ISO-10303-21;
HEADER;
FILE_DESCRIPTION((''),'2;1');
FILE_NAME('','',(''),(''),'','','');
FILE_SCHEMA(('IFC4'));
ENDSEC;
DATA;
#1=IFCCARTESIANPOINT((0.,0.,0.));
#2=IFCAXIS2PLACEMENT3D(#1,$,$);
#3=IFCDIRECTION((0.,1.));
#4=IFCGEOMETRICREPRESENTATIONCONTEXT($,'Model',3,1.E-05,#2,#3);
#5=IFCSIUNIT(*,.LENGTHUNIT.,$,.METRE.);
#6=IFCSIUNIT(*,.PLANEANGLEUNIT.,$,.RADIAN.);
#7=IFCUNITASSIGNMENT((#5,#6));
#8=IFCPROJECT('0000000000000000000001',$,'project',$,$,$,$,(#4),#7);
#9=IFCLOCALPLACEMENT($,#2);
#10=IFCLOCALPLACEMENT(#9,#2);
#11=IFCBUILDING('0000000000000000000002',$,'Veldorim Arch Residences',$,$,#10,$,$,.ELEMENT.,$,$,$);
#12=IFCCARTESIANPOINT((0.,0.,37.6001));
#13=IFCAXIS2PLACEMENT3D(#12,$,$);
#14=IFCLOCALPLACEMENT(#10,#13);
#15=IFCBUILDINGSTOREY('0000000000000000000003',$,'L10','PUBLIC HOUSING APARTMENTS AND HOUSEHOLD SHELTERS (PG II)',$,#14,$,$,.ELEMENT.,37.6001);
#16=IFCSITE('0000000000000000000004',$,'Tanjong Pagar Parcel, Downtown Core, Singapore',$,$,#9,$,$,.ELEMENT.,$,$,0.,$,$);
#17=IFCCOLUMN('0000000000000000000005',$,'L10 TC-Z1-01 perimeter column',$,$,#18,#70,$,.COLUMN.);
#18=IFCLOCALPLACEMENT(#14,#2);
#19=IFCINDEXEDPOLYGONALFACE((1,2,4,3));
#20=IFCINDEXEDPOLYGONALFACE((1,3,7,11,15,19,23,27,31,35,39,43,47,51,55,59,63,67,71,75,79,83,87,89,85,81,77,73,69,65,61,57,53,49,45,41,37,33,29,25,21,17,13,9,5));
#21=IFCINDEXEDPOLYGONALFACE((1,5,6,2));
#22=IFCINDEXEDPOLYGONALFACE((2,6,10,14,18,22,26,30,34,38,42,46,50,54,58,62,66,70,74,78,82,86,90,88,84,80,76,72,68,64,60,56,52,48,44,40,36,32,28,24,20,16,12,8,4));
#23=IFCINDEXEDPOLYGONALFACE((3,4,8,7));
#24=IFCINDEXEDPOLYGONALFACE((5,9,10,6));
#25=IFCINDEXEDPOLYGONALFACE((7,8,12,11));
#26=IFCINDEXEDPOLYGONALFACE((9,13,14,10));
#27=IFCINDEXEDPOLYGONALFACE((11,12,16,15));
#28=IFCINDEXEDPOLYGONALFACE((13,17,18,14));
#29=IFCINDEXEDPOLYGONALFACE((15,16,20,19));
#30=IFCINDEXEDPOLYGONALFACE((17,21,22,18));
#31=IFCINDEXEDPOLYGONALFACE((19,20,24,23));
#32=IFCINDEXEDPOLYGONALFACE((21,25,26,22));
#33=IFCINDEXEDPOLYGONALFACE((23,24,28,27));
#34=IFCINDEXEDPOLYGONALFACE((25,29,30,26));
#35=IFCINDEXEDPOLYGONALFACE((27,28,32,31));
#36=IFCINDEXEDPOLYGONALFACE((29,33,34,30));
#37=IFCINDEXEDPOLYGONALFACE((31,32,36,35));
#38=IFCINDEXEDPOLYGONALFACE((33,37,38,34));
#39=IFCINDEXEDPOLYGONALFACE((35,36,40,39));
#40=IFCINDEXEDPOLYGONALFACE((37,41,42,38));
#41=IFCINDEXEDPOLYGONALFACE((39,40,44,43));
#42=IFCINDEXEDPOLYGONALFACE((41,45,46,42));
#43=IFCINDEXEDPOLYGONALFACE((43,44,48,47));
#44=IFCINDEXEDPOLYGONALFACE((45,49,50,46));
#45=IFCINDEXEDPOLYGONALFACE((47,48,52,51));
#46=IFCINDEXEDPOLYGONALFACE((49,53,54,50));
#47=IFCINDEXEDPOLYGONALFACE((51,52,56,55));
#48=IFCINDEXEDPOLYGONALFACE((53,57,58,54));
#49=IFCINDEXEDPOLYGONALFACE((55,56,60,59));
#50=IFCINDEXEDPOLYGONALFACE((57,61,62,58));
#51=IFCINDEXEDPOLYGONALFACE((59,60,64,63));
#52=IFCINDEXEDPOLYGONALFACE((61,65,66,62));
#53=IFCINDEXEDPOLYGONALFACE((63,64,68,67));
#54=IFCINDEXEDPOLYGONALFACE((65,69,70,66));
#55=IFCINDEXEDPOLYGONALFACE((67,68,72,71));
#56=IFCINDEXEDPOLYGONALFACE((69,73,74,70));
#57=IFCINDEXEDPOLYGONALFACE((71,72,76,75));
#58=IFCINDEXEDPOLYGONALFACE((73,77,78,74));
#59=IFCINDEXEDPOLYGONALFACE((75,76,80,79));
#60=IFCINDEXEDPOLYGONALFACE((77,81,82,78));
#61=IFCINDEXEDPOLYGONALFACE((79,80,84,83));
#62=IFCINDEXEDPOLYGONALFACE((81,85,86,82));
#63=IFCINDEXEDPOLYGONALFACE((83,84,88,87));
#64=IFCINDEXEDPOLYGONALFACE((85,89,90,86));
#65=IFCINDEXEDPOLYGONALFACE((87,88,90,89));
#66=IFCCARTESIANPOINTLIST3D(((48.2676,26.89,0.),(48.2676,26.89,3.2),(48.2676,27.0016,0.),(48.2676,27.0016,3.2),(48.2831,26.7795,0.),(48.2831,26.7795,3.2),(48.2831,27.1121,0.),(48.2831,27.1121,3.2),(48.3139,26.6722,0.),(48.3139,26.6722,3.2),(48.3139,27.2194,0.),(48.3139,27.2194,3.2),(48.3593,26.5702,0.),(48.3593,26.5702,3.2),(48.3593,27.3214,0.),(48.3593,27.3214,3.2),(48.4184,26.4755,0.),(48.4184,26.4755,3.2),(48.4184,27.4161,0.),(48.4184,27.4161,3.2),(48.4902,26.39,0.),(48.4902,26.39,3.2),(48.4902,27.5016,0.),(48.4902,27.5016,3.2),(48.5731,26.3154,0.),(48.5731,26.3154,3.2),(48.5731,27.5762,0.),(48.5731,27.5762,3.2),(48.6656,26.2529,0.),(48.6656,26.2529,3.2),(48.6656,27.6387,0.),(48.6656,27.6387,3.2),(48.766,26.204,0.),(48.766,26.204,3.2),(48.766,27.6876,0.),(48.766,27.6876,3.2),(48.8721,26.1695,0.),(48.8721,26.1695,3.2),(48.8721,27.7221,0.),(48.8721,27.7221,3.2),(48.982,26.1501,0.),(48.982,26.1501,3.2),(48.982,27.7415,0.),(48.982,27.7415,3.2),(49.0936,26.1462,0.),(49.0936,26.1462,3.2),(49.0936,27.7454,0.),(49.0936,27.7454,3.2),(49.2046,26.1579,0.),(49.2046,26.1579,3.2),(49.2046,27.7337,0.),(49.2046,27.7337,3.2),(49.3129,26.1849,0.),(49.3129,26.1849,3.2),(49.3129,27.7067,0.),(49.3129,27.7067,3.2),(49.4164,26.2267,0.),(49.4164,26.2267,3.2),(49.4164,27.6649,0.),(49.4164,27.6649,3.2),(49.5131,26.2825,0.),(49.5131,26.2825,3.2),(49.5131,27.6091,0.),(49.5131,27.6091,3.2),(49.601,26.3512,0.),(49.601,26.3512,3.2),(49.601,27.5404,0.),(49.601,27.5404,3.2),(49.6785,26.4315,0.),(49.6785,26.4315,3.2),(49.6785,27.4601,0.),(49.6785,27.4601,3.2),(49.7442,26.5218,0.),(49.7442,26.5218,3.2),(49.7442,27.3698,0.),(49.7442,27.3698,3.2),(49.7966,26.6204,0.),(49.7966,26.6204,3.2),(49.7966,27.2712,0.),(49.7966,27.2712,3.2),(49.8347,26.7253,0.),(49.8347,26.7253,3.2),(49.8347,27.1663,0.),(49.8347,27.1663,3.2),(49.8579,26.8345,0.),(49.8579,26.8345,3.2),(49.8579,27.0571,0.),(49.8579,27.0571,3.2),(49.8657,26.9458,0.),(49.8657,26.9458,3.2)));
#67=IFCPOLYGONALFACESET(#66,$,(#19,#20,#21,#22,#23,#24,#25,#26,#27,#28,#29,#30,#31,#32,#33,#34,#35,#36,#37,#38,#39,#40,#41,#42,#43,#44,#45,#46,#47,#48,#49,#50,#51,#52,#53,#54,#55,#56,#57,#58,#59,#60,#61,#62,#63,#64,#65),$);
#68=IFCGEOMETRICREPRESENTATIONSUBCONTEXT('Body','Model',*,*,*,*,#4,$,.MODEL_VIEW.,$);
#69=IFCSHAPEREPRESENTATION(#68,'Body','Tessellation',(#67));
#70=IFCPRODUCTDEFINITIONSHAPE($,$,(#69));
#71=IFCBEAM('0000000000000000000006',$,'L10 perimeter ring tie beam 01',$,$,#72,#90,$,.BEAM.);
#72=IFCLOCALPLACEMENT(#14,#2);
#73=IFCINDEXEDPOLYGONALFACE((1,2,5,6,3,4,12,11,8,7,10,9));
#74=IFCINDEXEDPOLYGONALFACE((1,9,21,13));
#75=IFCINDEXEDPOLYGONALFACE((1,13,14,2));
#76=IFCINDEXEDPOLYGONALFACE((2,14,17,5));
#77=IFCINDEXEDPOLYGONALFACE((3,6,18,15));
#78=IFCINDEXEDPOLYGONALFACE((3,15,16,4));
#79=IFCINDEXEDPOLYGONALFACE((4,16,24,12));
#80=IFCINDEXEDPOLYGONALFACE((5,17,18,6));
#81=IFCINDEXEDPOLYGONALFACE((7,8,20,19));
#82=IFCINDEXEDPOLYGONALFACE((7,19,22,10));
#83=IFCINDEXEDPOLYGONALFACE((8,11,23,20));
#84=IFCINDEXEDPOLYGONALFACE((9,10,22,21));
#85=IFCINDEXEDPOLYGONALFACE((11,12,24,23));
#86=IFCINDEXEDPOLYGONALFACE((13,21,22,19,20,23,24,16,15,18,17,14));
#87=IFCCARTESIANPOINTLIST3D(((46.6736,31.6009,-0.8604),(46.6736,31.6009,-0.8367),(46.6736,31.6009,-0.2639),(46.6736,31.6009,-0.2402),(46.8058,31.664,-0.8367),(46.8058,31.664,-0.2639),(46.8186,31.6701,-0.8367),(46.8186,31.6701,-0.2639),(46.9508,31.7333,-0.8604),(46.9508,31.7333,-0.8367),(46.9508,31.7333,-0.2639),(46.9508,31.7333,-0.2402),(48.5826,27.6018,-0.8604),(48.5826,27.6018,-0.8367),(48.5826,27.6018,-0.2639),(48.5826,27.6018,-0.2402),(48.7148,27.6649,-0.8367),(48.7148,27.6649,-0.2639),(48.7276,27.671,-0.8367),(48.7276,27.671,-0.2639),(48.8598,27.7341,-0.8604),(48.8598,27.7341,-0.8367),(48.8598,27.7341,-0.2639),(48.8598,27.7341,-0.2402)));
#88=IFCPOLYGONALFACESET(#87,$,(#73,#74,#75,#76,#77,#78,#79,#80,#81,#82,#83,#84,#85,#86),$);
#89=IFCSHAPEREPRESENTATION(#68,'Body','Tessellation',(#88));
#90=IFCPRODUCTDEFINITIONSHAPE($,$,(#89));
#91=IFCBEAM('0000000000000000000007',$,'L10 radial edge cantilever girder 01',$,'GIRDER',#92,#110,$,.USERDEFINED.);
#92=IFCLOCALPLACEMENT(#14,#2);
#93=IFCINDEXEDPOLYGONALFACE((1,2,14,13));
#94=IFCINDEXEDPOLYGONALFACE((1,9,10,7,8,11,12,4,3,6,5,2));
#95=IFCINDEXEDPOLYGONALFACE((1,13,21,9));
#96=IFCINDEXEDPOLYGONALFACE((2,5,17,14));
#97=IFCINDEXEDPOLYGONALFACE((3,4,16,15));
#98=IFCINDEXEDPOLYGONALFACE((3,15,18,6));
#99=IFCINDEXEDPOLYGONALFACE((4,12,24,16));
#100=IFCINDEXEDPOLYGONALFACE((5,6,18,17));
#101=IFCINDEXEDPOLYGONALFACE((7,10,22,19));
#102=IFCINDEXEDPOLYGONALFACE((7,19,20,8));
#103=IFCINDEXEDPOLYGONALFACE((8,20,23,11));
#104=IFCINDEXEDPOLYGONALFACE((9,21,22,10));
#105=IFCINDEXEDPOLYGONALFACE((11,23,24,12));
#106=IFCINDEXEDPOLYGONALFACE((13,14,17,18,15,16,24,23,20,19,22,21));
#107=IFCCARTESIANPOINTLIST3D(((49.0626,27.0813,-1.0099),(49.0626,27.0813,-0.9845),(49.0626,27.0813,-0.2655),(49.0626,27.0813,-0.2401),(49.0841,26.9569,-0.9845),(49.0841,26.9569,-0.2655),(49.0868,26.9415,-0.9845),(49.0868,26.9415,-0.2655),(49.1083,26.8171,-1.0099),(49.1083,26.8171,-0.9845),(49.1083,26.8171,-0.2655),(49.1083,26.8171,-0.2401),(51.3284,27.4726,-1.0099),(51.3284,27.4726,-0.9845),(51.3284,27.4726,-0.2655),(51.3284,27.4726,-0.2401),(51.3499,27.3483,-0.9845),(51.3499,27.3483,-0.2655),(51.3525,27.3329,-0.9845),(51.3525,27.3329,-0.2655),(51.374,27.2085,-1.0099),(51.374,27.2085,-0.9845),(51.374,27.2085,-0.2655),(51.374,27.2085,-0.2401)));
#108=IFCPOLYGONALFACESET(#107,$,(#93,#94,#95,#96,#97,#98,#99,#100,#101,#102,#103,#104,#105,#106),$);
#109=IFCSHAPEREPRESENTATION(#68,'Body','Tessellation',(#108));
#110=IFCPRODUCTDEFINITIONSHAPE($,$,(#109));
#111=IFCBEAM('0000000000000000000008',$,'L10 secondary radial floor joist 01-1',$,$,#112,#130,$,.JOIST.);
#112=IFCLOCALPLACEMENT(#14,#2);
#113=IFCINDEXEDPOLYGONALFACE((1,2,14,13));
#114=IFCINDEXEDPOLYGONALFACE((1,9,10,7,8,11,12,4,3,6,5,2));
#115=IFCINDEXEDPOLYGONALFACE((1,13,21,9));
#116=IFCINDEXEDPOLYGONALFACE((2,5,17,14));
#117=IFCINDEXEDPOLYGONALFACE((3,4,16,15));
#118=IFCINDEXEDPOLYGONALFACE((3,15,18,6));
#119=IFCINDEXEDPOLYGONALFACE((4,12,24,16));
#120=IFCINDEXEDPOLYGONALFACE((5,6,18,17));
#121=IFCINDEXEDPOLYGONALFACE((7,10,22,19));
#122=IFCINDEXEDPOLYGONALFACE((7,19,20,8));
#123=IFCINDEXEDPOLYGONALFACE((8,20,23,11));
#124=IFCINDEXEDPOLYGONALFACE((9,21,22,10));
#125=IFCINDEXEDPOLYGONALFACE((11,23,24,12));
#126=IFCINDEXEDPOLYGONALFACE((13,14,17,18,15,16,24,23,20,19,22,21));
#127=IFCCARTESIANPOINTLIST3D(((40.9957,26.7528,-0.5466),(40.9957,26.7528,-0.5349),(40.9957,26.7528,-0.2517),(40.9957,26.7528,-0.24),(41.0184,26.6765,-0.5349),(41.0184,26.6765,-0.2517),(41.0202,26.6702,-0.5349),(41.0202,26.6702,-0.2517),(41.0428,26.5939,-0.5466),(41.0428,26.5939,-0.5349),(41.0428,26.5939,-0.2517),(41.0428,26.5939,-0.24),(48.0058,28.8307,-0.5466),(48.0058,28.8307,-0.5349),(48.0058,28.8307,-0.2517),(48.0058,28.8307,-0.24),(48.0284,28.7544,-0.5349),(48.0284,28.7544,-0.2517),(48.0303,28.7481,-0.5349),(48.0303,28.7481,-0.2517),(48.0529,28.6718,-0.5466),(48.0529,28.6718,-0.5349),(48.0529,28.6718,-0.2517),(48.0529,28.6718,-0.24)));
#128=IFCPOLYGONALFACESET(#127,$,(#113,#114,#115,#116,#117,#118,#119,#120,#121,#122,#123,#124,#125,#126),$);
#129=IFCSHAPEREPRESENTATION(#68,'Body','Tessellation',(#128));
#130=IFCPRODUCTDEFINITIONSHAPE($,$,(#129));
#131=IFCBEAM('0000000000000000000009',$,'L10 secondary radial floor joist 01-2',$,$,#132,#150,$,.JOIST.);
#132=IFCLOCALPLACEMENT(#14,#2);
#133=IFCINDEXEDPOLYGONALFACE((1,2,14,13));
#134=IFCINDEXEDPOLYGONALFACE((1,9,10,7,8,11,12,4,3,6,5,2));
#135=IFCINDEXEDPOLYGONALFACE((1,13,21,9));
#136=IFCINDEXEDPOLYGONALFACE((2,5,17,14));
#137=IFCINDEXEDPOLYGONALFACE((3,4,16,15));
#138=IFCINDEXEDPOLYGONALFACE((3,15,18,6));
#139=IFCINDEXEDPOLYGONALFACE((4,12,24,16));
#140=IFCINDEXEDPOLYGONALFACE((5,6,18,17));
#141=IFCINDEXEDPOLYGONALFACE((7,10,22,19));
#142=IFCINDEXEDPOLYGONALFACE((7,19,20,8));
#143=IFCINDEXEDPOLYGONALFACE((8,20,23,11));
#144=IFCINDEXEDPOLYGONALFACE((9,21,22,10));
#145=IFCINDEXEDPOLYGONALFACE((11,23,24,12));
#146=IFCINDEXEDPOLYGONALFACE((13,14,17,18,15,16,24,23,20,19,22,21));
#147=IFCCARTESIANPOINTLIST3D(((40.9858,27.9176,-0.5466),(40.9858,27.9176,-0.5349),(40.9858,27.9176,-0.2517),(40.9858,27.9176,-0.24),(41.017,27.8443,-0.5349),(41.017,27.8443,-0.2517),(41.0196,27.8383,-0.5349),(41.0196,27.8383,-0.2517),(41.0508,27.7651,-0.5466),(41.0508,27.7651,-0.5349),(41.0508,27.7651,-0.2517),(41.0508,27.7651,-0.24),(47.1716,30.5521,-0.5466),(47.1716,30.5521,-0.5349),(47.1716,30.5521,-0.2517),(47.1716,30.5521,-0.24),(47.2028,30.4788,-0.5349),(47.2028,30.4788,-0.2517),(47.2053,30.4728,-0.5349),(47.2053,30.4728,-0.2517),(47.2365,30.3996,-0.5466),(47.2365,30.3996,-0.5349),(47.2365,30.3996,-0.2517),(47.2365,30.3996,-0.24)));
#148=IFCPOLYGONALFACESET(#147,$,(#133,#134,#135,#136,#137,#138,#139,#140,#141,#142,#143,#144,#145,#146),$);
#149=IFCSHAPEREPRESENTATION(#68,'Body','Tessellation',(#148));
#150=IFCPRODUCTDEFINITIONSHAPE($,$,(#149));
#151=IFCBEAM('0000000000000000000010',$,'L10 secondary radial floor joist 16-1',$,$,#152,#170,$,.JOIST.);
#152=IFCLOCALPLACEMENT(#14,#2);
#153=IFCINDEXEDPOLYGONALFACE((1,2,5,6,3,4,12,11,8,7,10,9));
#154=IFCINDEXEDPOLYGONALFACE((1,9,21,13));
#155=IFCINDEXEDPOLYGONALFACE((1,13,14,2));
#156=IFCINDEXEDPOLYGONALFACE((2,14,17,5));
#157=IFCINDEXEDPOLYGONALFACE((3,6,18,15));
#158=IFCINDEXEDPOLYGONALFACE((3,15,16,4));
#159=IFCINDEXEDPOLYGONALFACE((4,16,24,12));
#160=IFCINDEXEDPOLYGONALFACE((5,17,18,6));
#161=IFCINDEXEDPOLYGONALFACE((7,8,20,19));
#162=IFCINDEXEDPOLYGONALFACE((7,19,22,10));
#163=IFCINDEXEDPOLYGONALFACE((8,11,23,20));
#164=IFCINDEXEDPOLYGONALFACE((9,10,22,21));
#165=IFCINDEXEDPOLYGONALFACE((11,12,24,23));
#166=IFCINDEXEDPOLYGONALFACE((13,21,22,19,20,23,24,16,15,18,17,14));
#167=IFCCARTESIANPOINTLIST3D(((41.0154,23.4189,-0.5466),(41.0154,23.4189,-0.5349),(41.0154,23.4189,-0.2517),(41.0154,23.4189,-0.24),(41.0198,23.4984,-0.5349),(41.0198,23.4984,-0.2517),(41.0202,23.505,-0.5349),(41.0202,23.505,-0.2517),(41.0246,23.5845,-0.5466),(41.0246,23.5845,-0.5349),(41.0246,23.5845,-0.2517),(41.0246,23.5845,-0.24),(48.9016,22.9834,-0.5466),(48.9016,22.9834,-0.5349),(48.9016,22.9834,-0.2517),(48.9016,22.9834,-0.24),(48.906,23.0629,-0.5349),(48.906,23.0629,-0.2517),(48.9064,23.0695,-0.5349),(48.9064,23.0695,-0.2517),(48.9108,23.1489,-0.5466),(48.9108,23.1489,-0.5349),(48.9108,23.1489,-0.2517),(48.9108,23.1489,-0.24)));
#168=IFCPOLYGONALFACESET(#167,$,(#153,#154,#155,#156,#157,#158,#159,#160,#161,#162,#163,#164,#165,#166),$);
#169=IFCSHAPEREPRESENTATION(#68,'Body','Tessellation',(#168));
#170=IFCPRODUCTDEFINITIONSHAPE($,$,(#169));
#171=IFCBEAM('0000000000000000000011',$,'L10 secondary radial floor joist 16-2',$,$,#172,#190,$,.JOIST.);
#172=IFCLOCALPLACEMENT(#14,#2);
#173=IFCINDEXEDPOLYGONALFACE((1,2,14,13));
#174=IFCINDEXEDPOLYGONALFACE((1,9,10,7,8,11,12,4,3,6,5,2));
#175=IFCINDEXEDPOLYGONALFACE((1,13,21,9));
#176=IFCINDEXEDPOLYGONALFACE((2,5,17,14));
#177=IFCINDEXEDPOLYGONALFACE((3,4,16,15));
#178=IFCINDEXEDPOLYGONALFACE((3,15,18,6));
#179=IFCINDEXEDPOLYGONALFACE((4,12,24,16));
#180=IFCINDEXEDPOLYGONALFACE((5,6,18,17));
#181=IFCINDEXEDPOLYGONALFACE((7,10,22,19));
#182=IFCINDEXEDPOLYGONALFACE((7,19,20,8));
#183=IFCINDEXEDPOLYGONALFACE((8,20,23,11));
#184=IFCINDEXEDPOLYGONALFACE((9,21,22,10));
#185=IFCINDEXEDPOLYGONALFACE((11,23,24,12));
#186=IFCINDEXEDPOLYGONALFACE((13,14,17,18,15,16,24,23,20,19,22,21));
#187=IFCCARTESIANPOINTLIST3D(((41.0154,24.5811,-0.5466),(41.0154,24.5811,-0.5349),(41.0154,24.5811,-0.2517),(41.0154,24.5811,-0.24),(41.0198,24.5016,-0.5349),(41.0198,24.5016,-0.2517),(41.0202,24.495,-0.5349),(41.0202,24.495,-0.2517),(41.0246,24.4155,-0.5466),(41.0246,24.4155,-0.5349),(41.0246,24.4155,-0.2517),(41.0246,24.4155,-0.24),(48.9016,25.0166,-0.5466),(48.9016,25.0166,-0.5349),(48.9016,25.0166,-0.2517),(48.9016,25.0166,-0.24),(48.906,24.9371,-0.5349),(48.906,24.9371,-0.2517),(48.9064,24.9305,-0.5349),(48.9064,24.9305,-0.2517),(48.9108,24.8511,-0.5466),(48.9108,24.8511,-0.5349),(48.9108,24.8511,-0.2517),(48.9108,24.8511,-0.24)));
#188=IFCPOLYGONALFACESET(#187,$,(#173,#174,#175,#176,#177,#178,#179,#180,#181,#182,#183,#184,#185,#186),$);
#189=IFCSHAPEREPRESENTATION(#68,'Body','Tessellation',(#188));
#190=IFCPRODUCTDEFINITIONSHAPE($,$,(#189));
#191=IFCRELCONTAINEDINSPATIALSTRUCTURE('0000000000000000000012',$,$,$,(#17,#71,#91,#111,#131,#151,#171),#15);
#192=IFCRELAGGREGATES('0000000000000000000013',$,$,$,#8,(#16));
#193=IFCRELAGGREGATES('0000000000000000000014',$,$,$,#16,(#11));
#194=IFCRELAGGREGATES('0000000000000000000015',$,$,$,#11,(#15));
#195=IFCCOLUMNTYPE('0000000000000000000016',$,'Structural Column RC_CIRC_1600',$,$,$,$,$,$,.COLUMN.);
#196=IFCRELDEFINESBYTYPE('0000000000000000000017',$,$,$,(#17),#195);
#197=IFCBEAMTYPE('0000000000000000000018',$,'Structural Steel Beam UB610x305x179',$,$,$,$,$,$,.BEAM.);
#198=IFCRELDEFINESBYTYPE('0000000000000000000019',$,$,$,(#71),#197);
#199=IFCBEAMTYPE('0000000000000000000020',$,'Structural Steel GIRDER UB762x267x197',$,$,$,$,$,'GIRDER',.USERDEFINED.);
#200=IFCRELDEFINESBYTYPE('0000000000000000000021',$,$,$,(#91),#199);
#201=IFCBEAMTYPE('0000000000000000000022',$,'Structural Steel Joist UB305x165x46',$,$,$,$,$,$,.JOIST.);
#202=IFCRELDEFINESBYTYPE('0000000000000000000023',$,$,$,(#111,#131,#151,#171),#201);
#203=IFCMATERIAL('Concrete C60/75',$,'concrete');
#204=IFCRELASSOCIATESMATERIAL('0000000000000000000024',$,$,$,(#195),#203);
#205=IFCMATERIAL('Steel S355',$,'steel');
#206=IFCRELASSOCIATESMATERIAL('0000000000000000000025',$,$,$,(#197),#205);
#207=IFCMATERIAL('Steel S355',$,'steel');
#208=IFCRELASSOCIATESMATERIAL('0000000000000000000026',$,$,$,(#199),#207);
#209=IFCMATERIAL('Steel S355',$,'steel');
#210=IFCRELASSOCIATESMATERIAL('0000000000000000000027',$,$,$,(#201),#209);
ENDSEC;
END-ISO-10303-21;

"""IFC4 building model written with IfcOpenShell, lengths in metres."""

from ifc_helpers import new_model, si_unit, direction, frame, origin, origin_2d, place, context, subcontext, project, spatial, circle, i_section, extrude, material, material_profile, profile_set, type_object, element, save


model = new_model("IFC4")

# Units and contexts
model_context = context("Model", 3, precision=1e-05, world=origin(), true_north=direction((0.0, 1.0)))
body_context = subcontext(model_context, "Body", "Model", "MODEL_VIEW")
ifc_project = project(units=[si_unit("LENGTHUNIT", "METRE"), si_unit("PLANEANGLEUNIT", "RADIAN")], contexts=[model_context])

# Site, building, storey
site_placement = place(None, origin())
site = spatial("IfcSite", under=ifc_project, at=site_placement, Name="Tanjong Pagar Parcel, Downtown Core, Singapore", CompositionType="ELEMENT", RefElevation=0.0)
building_placement = place(site_placement, origin())
building = spatial("IfcBuilding", under=site, at=building_placement, Name="Veldorim Arch Residences", CompositionType="ELEMENT")
storey_placement = place(building_placement, frame((0.0, 0.0, 37.6001)))
storey = spatial("IfcBuildingStorey", under=building, at=storey_placement, Name="L10", Description="PUBLIC HOUSING APARTMENTS AND HOUSEHOLD SHELTERS (PG II)", CompositionType="ELEMENT", Elevation=37.6001)

# Column
ifc_material_1 = material(Name="Concrete C60/75", Category="concrete")
ifc_material_profile_1 = material_profile(ifc_material_1, circle(Radius=0.8, at=origin_2d()), Name="RC_CIRC_1600")
ifc_profile_set_1 = profile_set([ifc_material_profile_1], Name="Concrete C60/75")
column_type = type_object("IfcColumnType", Name="Structural Column RC_CIRC_1600", PredefinedType="COLUMN", material=ifc_profile_set_1)
column_placement = place(storey_placement, frame((49.0657, 26.9458, 0.0), z_axis=(0.0, 0.0, 1.0), x_axis=(1.0, 0.0, 0.0)))
element("IfcColumn", 1, at=column_placement, inside=storey, type_object=column_type, Name="L10 TC-Z1-01 perimeter column", PredefinedType="COLUMN", context=body_context, shape_type="SweptSolid", body=[
    extrude(circle(Radius=0.8, at=origin_2d()), origin(), (0.0, 0.0, 1.0), 3.2),
])

# Beams
ifc_material_2 = material(Name="Steel S355", Category="steel")
ifc_material_profile_2 = material_profile(ifc_material_2, i_section(OverallWidth=0.3071, OverallDepth=0.6201, WebThickness=0.0142, FlangeThickness=0.0237, at=origin_2d()), Name="UB610x305x179")
ifc_profile_set_2 = profile_set([ifc_material_profile_2], Name="Steel S355")
beam_type_1 = type_object("IfcBeamType", Name="Structural Steel Beam UB610x305x179", PredefinedType="BEAM", material=ifc_profile_set_2)
beam_1_placement = place(storey_placement, frame((48.7212, 27.668, -0.5503), z_axis=(-0.430787, 0.902454, 0.0), x_axis=(-0.902454, -0.430787, 0.0)))
element("IfcBeam", 2, at=beam_1_placement, inside=storey, type_object=beam_type_1, Name="L10 perimeter ring tie beam 01", PredefinedType="BEAM", context=body_context, shape_type="SweptSolid", body=[
    extrude(i_section(OverallWidth=0.3071, OverallDepth=0.6201, WebThickness=0.0142, FlangeThickness=0.0237, at=origin_2d()), origin(), (0.0, 0.0, 1.0), 4.4314),
])
ifc_material_3 = material(Name="Steel S355", Category="steel")
ifc_material_profile_3 = material_profile(ifc_material_3, i_section(OverallWidth=0.2681, OverallDepth=0.7698, WebThickness=0.0156, FlangeThickness=0.0254, at=origin_2d()), Name="UB762x267x197")
ifc_profile_set_3 = profile_set([ifc_material_profile_3], Name="Steel S355")
beam_type_2 = type_object("IfcBeamType", Name="Structural Steel GIRDER UB762x267x197", ElementType="GIRDER", PredefinedType="USERDEFINED", material=ifc_profile_set_3)
beam_2_placement = place(storey_placement, frame((49.0854, 26.9492, -0.625), z_axis=(0.98541, 0.170198, 0.0), x_axis=(-0.170198, 0.98541, 0.0)))
element("IfcBeam", 3, at=beam_2_placement, inside=storey, type_object=beam_type_2, Name="L10 radial edge cantilever girder 01", ObjectType="GIRDER", PredefinedType="USERDEFINED", context=body_context, shape_type="SweptSolid", body=[
    extrude(i_section(OverallWidth=0.2681, OverallDepth=0.7698, WebThickness=0.0156, FlangeThickness=0.0254, at=origin_2d()), origin(), (0.0, 0.0, 1.0), 2.2993),
])
ifc_material_4 = material(Name="Steel S355", Category="steel")
ifc_material_profile_4 = material_profile(ifc_material_4, i_section(OverallWidth=0.1658, OverallDepth=0.3066, WebThickness=0.0066, FlangeThickness=0.0117, at=origin_2d()), Name="UB305x165x46")
ifc_profile_set_4 = profile_set([ifc_material_profile_4], Name="Steel S355")
beam_type_3 = type_object("IfcBeamType", Name="Structural Steel Joist UB305x165x46", PredefinedType="JOIST", material=ifc_profile_set_4)
beam_3_placement = place(storey_placement, frame((41.0193, 26.6733, -0.3933), z_axis=(0.958767, 0.284194, 0.0), x_axis=(-0.284194, 0.958767, 0.0)))
element("IfcBeam", 4, at=beam_3_placement, inside=storey, type_object=beam_type_3, Name="L10 secondary radial floor joist 01-1", PredefinedType="JOIST", context=body_context, shape_type="SweptSolid", body=[
    extrude(i_section(OverallWidth=0.1658, OverallDepth=0.3066, WebThickness=0.0066, FlangeThickness=0.0117, at=origin_2d()), origin(), (0.0, 0.0, 1.0), 7.3115),
])
beam_4_placement = place(storey_placement, frame((41.0183, 27.8413, -0.3933), z_axis=(0.920033, 0.391841, 0.0), x_axis=(-0.391841, 0.920033, 0.0)))
element("IfcBeam", 5, at=beam_4_placement, inside=storey, type_object=beam_type_3, Name="L10 secondary radial floor joist 01-2", PredefinedType="JOIST", context=body_context, shape_type="SweptSolid", body=[
    extrude(i_section(OverallWidth=0.1658, OverallDepth=0.3066, WebThickness=0.0066, FlangeThickness=0.0117, at=origin_2d()), origin(), (0.0, 0.0, 1.0), 6.7234),
])
for number, where, z_axis, x_axis, name in (
    (6, (41.02, 23.5017, -0.3933), (0.998478, -0.055145, 0.0), (0.055145, 0.998478, 0.0), "L10 secondary radial floor joist 16-1"),
    (7, (41.02, 24.4983, -0.3933), (0.998478, 0.055145, 0.0), (-0.055145, 0.998478, 0.0), "L10 secondary radial floor joist 16-2"),
):
    element("IfcBeam", number, at=place(storey_placement, frame(where, z_axis=z_axis, x_axis=x_axis)), inside=storey, type_object=beam_type_3, Name=name, PredefinedType="JOIST", context=body_context, shape_type="SweptSolid", body=[
        extrude(i_section(OverallWidth=0.1658, OverallDepth=0.3066, WebThickness=0.0066, FlangeThickness=0.0117, at=origin_2d()), origin(), (0.0, 0.0, 1.0), 7.8982),
    ])

save(model, "model.ifc")
